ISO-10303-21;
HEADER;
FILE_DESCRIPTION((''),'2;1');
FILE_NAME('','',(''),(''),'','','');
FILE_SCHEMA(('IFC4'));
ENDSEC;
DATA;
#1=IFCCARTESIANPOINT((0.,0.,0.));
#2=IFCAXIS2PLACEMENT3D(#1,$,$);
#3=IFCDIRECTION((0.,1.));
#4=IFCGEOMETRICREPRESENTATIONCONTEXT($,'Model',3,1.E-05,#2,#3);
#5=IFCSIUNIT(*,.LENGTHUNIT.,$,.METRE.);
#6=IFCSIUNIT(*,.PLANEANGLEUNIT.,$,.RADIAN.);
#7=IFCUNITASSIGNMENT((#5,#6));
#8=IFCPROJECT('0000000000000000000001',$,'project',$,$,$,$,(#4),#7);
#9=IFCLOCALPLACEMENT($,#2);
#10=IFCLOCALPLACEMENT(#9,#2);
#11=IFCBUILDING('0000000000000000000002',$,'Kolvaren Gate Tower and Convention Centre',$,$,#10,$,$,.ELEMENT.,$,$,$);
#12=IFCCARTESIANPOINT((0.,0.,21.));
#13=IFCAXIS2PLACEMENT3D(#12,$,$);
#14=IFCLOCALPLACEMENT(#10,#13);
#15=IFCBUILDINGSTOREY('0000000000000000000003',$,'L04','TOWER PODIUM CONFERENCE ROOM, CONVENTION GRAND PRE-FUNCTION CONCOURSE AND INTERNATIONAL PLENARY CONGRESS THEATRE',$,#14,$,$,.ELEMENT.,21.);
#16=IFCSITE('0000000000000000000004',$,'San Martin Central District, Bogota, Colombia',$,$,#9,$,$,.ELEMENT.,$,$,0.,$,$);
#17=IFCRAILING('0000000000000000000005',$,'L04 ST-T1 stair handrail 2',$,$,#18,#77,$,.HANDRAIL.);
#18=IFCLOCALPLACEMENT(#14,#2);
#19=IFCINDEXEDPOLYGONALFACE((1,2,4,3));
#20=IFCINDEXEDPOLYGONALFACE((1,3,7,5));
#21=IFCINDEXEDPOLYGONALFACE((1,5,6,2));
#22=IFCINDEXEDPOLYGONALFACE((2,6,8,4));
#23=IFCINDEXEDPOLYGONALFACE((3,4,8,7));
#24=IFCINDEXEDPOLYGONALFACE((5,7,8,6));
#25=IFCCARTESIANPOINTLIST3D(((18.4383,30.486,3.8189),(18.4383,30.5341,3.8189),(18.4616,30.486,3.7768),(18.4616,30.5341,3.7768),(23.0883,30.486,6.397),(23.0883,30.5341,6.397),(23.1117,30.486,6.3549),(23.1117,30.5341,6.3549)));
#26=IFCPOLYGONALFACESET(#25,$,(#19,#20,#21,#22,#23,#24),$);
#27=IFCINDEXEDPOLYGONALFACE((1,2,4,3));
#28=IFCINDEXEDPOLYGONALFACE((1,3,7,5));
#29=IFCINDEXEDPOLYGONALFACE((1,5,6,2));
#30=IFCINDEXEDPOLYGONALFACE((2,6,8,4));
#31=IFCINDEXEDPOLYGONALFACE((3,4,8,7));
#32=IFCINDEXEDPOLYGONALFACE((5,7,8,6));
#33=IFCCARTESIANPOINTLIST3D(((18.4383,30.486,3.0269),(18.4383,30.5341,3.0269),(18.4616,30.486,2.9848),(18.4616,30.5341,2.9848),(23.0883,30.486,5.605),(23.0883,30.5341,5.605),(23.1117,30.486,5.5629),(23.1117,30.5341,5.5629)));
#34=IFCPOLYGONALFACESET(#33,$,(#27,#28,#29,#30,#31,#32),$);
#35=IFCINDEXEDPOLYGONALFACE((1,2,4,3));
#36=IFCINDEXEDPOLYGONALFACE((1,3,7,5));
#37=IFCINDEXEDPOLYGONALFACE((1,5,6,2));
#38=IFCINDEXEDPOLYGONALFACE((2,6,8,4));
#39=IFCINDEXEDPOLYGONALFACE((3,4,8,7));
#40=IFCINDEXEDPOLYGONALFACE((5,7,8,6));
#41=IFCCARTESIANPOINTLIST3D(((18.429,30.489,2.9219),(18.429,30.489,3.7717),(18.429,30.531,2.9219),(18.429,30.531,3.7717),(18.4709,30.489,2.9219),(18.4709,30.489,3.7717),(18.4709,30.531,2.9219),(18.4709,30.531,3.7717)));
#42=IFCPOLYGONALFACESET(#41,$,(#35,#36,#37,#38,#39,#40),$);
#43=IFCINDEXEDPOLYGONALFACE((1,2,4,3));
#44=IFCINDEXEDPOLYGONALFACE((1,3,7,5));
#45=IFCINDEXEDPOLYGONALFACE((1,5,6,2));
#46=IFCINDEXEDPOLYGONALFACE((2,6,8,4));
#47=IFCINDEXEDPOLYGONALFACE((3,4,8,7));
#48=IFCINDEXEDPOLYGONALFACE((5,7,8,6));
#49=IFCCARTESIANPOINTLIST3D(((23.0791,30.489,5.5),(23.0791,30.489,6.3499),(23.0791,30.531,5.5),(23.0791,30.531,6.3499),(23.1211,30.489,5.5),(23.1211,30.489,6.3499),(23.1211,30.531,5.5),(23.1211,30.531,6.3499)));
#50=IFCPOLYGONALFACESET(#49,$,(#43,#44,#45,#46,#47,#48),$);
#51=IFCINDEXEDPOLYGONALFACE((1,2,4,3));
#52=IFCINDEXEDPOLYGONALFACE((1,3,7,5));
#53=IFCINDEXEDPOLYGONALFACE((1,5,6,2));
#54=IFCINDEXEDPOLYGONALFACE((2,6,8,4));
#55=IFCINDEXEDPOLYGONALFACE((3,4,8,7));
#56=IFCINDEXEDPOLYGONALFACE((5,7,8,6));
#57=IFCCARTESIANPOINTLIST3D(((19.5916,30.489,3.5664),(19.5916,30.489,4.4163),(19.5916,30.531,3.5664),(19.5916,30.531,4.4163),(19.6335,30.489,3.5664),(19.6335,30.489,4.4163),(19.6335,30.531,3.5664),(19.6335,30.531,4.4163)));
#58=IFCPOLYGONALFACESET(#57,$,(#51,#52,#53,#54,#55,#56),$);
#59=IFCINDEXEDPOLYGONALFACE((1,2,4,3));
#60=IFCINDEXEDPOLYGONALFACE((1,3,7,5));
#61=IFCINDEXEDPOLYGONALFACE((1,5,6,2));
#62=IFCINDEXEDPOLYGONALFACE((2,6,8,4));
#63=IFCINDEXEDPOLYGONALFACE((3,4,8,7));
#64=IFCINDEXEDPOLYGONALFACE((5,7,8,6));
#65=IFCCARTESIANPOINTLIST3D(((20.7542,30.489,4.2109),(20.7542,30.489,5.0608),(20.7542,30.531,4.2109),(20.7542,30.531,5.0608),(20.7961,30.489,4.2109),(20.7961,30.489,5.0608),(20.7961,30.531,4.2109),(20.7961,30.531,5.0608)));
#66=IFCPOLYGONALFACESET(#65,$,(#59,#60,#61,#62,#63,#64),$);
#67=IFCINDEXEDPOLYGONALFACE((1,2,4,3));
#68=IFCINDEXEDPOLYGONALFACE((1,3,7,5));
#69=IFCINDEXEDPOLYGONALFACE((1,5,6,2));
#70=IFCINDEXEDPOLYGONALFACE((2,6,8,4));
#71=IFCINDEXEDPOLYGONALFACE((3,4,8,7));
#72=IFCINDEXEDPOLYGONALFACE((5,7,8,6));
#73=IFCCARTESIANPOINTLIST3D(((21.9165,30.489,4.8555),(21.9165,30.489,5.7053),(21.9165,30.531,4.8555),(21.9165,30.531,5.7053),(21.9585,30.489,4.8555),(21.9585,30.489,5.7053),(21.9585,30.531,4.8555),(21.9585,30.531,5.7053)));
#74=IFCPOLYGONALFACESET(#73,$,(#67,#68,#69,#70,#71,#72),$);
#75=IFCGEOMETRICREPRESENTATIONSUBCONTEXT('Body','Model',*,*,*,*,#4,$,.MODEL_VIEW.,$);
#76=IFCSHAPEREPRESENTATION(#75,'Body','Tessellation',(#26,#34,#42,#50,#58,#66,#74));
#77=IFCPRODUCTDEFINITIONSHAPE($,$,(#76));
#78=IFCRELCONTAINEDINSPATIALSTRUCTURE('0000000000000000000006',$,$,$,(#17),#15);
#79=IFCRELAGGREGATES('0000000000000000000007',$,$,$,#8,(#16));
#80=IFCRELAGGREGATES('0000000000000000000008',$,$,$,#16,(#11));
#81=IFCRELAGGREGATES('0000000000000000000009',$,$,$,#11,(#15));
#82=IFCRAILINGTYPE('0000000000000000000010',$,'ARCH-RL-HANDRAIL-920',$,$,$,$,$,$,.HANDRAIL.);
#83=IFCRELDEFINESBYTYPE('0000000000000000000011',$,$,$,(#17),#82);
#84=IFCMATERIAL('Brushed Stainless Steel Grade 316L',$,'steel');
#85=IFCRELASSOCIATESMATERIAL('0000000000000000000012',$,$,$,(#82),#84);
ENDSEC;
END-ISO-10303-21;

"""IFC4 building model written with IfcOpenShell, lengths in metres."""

from ifc_helpers import new_model, si_unit, direction, frame, origin, origin_2d, place, context, subcontext, project, spatial, rectangle, extrude, material, type_object, element, save


model = new_model("IFC4")

# Units and contexts
model_context = context("Model", 3, precision=1e-05, world=origin(), true_north=direction((0.0, 1.0)))
body_context = subcontext(model_context, "Body", "Model", "MODEL_VIEW")
ifc_project = project(units=[si_unit("LENGTHUNIT", "METRE"), si_unit("PLANEANGLEUNIT", "RADIAN")], contexts=[model_context])

# Site, building, storey
site_placement = place(None, origin())
site = spatial("IfcSite", under=ifc_project, at=site_placement, Name="San Martin Central District, Bogota, Colombia", CompositionType="ELEMENT", RefElevation=0.0)
building_placement = place(site_placement, origin())
building = spatial("IfcBuilding", under=site, at=building_placement, Name="Kolvaren Gate Tower and Convention Centre", CompositionType="ELEMENT")
storey_placement = place(building_placement, frame((0.0, 0.0, 21.0)))
storey = spatial("IfcBuildingStorey", under=building, at=storey_placement, Name="L04", Description="TOWER PODIUM CONFERENCE ROOM, CONVENTION GRAND PRE-FUNCTION CONCOURSE AND INTERNATIONAL PLENARY CONGRESS THEATRE", CompositionType="ELEMENT", Elevation=21.0)

# Railing
ifc_material_1 = material(Name="Brushed Stainless Steel Grade 316L", Category="steel")
railing_type_1 = type_object("IfcRailingType", Name="ARCH-RL-HANDRAIL-920", PredefinedType="HANDRAIL", material=ifc_material_1)
railing_1_placement = place(storey_placement, frame((18.45, 30.51, 2.9219)))
element("IfcRailing", 1, at=railing_1_placement, inside=storey, type_object=railing_type_1, Name="L04 ST-T1 stair handrail 2", PredefinedType="HANDRAIL", context=body_context, shape_type="SweptSolid", body=[
    extrude(rectangle(XDim=0.0481, YDim=0.0481, at=origin_2d()), frame((0.0, 0.0, 0.876), z_axis=(0.874579, 0.0, 0.484883), x_axis=(0.0, 1.0, 0.0)), (0.0, 0.0, 1.0), 5.3169),
    extrude(rectangle(XDim=0.0481, YDim=0.0481, at=origin_2d()), frame((0.0, 0.0, 0.084), z_axis=(0.874579, 0.0, 0.484883), x_axis=(0.0, 1.0, 0.0)), (0.0, 0.0, 1.0), 5.3169),
    extrude(rectangle(XDim=0.042, YDim=0.042, at=origin_2d()), origin(), (0.0, 0.0, 1.0), 0.8499),
    extrude(rectangle(XDim=0.042, YDim=0.042, at=origin_2d()), frame((4.6501, 0.0, 2.5781)), (0.0, 0.0, 1.0), 0.8499),
    extrude(rectangle(XDim=0.042, YDim=0.042, at=origin_2d()), frame((1.1626, 0.0, 0.6445)), (0.0, 0.0, 1.0), 0.8499),
    extrude(rectangle(XDim=0.042, YDim=0.042, at=origin_2d()), frame((2.3252, 0.0, 1.2891)), (0.0, 0.0, 1.0), 0.8499),
    extrude(rectangle(XDim=0.042, YDim=0.042, at=origin_2d()), frame((3.4875, 0.0, 1.9336)), (0.0, 0.0, 1.0), 0.8499),
])

save(model, "model.ifc")
